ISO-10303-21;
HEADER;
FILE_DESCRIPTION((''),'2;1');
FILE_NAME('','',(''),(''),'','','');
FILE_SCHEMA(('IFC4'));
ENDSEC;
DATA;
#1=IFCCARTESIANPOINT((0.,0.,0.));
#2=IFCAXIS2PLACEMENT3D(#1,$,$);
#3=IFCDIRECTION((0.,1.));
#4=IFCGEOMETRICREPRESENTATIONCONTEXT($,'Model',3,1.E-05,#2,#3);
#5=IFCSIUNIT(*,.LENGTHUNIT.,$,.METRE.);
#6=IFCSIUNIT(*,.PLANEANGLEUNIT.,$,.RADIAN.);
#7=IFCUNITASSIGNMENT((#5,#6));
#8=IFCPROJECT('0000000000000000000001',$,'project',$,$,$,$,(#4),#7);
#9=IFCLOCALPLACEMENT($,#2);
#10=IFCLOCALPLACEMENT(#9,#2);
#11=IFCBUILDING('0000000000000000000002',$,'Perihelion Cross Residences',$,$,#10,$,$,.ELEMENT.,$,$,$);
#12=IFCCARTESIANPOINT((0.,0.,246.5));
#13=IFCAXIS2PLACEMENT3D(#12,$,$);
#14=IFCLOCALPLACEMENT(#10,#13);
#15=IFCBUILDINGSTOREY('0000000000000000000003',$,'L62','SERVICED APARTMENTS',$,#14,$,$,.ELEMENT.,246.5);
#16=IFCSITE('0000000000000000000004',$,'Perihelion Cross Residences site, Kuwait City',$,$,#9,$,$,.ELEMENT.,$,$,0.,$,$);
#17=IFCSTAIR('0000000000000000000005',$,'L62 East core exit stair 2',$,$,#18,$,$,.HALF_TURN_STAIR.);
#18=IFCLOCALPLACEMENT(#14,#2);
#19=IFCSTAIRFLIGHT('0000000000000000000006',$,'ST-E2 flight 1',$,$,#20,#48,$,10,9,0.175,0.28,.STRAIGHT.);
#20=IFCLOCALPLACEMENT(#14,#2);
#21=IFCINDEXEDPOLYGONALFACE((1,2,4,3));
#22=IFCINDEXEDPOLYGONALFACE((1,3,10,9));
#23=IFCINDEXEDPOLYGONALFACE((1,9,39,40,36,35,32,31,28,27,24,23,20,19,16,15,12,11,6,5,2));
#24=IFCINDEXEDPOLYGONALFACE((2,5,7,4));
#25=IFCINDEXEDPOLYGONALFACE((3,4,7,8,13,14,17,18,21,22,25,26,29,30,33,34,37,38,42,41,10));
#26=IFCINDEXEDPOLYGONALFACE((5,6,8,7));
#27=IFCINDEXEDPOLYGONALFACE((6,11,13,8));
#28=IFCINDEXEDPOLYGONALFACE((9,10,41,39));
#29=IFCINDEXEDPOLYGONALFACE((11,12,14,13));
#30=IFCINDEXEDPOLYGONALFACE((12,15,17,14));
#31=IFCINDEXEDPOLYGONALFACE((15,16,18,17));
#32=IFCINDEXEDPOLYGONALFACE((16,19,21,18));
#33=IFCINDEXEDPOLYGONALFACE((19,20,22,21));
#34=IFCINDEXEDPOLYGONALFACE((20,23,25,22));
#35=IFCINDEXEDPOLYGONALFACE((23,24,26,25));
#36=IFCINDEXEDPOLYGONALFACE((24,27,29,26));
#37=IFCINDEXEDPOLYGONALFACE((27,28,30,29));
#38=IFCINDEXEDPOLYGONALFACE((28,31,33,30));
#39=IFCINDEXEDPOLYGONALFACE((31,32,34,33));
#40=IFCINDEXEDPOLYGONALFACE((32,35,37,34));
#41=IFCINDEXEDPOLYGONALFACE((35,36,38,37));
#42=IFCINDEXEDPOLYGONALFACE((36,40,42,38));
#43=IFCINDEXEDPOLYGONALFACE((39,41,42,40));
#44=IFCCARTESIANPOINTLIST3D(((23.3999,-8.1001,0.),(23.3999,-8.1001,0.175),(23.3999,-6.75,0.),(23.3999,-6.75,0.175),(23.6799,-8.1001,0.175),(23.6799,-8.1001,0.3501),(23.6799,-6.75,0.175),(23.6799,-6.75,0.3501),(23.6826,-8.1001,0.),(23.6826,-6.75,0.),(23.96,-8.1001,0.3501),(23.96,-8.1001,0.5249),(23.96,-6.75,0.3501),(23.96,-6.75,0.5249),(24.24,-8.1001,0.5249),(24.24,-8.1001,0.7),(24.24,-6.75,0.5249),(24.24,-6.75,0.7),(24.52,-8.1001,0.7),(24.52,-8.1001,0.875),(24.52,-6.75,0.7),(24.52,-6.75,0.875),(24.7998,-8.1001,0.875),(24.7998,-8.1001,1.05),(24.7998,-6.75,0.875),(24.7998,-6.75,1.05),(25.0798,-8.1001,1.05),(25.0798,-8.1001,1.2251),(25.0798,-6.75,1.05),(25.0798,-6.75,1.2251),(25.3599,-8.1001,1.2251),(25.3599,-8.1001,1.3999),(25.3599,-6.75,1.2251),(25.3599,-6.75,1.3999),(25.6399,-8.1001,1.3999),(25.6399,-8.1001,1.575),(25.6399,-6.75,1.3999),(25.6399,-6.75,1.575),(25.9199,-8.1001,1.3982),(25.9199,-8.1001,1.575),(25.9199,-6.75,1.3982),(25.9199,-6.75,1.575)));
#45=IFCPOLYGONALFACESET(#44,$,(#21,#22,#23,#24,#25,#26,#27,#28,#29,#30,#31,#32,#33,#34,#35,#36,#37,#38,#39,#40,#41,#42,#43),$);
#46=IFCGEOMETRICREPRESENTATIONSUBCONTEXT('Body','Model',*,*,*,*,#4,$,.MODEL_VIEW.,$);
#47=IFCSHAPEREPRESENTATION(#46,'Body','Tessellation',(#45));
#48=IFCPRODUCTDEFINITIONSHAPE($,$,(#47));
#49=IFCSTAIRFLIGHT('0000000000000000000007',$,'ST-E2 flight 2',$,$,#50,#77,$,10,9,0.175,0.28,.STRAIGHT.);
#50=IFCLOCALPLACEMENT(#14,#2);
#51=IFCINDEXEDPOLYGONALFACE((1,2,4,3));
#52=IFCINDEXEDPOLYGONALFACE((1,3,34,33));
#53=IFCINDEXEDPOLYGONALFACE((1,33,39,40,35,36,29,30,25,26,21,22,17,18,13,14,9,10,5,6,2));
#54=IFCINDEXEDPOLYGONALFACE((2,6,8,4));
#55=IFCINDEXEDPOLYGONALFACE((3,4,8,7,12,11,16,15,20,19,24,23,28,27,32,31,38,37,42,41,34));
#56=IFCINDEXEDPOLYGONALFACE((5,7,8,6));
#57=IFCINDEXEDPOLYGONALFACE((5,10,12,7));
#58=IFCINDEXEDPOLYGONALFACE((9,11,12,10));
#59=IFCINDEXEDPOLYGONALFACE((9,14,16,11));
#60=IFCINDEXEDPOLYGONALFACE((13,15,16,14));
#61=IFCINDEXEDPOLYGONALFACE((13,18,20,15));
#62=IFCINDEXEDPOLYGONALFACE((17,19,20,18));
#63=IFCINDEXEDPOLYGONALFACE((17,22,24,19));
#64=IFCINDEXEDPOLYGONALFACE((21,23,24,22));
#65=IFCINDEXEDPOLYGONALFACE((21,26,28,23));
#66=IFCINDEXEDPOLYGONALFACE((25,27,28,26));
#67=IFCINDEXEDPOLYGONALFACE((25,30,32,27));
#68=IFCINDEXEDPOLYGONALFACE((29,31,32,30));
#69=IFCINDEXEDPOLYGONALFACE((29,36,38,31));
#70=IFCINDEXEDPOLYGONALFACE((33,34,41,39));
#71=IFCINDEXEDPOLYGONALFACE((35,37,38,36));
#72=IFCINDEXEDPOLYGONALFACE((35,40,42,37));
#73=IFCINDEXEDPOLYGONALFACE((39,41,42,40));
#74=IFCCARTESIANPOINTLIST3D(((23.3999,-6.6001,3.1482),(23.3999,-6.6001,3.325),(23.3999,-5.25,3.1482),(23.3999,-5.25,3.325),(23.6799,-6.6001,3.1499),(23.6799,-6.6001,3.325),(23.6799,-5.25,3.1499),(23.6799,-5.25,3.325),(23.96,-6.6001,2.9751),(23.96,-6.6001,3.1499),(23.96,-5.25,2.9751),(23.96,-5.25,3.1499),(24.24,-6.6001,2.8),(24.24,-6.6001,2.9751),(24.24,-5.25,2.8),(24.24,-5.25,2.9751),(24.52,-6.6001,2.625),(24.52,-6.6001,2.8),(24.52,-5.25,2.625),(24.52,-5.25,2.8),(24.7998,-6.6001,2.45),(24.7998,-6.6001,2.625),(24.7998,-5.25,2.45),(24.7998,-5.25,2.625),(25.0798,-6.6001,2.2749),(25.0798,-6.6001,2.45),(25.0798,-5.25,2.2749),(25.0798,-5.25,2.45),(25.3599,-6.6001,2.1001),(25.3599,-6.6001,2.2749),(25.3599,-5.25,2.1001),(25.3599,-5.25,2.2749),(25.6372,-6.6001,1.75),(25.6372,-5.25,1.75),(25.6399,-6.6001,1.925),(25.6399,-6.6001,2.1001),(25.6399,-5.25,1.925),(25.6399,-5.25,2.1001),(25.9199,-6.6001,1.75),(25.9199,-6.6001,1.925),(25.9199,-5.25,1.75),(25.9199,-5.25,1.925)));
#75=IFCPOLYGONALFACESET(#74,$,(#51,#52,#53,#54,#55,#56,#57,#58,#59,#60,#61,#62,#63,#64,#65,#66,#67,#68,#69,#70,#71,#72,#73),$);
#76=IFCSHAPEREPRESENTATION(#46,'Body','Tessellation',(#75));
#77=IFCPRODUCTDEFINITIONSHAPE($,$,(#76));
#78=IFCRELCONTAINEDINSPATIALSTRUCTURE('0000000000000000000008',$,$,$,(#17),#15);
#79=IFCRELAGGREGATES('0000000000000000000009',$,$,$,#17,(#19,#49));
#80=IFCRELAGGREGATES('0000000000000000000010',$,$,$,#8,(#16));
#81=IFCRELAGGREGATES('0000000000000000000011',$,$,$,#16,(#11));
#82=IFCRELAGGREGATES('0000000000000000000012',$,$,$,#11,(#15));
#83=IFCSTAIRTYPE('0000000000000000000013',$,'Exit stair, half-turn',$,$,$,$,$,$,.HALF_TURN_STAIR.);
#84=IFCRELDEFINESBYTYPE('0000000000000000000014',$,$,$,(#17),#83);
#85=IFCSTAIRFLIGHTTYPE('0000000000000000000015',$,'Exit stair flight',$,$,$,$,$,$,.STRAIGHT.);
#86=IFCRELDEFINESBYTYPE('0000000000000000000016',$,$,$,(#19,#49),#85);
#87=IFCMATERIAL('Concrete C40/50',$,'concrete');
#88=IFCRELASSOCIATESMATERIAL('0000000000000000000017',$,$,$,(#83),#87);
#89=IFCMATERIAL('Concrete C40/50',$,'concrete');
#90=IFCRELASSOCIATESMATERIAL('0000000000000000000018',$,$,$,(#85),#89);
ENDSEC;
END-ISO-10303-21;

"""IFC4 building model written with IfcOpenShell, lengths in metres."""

from ifc_helpers import new_model, si_unit, direction, frame, origin, place, context, subcontext, project, spatial, polyline, outline, extrude, material, type_object, element, aggregate, save


model = new_model("IFC4")

# Units and contexts
model_context = context("Model", 3, precision=1e-05, world=origin(), true_north=direction((0.0, 1.0)))
body_context = subcontext(model_context, "Body", "Model", "MODEL_VIEW")
ifc_project = project(units=[si_unit("LENGTHUNIT", "METRE"), si_unit("PLANEANGLEUNIT", "RADIAN")], contexts=[model_context])

# Site, building, storey
site_placement = place(None, origin())
site = spatial("IfcSite", under=ifc_project, at=site_placement, Name="Perihelion Cross Residences site, Kuwait City", CompositionType="ELEMENT", RefElevation=0.0)
building_placement = place(site_placement, origin())
building = spatial("IfcBuilding", under=site, at=building_placement, Name="Perihelion Cross Residences", CompositionType="ELEMENT")
storey_placement = place(building_placement, frame((0.0, 0.0, 246.5)))
storey = spatial("IfcBuildingStorey", under=building, at=storey_placement, Name="L62", Description="SERVICED APARTMENTS", CompositionType="ELEMENT", Elevation=246.5)

# Stair, stair flights
ifc_material_1 = material(Name="Concrete C40/50", Category="concrete")
stair_type = type_object("IfcStairType", Name="Exit stair, half-turn", PredefinedType="HALF_TURN_STAIR", material=ifc_material_1)
stair_placement = place(storey_placement, origin())
stair = element("IfcStair", 1, at=stair_placement, inside=storey, type_object=stair_type, Name="L62 East core exit stair 2", PredefinedType="HALF_TURN_STAIR")
ifc_material_2 = material(Name="Concrete C40/50", Category="concrete")
stair_flight_type = type_object("IfcStairFlightType", Name="Exit stair flight", PredefinedType="STRAIGHT", material=ifc_material_2)
stair_flight_1_placement = place(storey_placement, frame((23.3999, -7.425, 0.0), z_axis=(0.0, 0.0, 1.0), x_axis=(1.0, 0.0, 0.0)))
stair_flight_1 = element("IfcStairFlight", 2, at=stair_flight_1_placement, type_object=stair_flight_type, Name="ST-E2 flight 1", NumberOfRisers=10, NumberOfTreads=9, PredefinedType="STRAIGHT", RiserHeight=0.175, TreadLength=0.28, context=body_context, shape_type="SweptSolid", body=[
    extrude(outline(polyline([(0.0, 0.0), (0.0, 0.175), (0.28, 0.175), (0.28, 0.3501), (0.5601, 0.3501), (0.5601, 0.5249), (0.8401, 0.5249), (0.8401, 0.7), (1.1201, 0.7), (1.1201, 0.875), (1.3999, 0.875), (1.3999, 1.05), (1.6799, 1.05), (1.6799, 1.2251), (1.96, 1.2251), (1.96, 1.3999), (2.24, 1.3999), (2.24, 1.575), (2.52, 1.575), (2.52, 1.75), (2.52, 1.3982), (0.2827, 0.0), (0.0, 0.0)])), frame((0.0, 0.675, 0.0), z_axis=(0.0, -1.0, 0.0), x_axis=(1.0, 0.0, 0.0)), (0.0, 0.0, 1.0), 1.3501),
])
stair_flight_2_placement = place(storey_placement, frame((25.9199, -5.925, 1.75), z_axis=(0.0, 0.0, 1.0), x_axis=(-1.0, 0.0, 0.0)))
stair_flight_2 = element("IfcStairFlight", 3, at=stair_flight_2_placement, type_object=stair_flight_type, Name="ST-E2 flight 2", NumberOfRisers=10, NumberOfTreads=9, PredefinedType="STRAIGHT", RiserHeight=0.175, TreadLength=0.28, context=body_context, shape_type="SweptSolid", body=[
    extrude(outline(polyline([(0.0, 0.0), (0.0, 0.175), (0.28, 0.175), (0.28, 0.3501), (0.5601, 0.3501), (0.5601, 0.5249), (0.8401, 0.5249), (0.8401, 0.7), (1.1201, 0.7), (1.1201, 0.875), (1.3999, 0.875), (1.3999, 1.05), (1.6799, 1.05), (1.6799, 1.2251), (1.96, 1.2251), (1.96, 1.3999), (2.24, 1.3999), (2.24, 1.575), (2.52, 1.575), (2.52, 1.75), (2.52, 1.3982), (0.2827, 0.0), (0.0, 0.0)])), frame((0.0, 0.675, 0.0), z_axis=(0.0, -1.0, 0.0), x_axis=(1.0, 0.0, 0.0)), (0.0, 0.0, 1.0), 1.3501),
])
aggregate(stair, [stair_flight_1, stair_flight_2])

save(model, "model.ifc")
